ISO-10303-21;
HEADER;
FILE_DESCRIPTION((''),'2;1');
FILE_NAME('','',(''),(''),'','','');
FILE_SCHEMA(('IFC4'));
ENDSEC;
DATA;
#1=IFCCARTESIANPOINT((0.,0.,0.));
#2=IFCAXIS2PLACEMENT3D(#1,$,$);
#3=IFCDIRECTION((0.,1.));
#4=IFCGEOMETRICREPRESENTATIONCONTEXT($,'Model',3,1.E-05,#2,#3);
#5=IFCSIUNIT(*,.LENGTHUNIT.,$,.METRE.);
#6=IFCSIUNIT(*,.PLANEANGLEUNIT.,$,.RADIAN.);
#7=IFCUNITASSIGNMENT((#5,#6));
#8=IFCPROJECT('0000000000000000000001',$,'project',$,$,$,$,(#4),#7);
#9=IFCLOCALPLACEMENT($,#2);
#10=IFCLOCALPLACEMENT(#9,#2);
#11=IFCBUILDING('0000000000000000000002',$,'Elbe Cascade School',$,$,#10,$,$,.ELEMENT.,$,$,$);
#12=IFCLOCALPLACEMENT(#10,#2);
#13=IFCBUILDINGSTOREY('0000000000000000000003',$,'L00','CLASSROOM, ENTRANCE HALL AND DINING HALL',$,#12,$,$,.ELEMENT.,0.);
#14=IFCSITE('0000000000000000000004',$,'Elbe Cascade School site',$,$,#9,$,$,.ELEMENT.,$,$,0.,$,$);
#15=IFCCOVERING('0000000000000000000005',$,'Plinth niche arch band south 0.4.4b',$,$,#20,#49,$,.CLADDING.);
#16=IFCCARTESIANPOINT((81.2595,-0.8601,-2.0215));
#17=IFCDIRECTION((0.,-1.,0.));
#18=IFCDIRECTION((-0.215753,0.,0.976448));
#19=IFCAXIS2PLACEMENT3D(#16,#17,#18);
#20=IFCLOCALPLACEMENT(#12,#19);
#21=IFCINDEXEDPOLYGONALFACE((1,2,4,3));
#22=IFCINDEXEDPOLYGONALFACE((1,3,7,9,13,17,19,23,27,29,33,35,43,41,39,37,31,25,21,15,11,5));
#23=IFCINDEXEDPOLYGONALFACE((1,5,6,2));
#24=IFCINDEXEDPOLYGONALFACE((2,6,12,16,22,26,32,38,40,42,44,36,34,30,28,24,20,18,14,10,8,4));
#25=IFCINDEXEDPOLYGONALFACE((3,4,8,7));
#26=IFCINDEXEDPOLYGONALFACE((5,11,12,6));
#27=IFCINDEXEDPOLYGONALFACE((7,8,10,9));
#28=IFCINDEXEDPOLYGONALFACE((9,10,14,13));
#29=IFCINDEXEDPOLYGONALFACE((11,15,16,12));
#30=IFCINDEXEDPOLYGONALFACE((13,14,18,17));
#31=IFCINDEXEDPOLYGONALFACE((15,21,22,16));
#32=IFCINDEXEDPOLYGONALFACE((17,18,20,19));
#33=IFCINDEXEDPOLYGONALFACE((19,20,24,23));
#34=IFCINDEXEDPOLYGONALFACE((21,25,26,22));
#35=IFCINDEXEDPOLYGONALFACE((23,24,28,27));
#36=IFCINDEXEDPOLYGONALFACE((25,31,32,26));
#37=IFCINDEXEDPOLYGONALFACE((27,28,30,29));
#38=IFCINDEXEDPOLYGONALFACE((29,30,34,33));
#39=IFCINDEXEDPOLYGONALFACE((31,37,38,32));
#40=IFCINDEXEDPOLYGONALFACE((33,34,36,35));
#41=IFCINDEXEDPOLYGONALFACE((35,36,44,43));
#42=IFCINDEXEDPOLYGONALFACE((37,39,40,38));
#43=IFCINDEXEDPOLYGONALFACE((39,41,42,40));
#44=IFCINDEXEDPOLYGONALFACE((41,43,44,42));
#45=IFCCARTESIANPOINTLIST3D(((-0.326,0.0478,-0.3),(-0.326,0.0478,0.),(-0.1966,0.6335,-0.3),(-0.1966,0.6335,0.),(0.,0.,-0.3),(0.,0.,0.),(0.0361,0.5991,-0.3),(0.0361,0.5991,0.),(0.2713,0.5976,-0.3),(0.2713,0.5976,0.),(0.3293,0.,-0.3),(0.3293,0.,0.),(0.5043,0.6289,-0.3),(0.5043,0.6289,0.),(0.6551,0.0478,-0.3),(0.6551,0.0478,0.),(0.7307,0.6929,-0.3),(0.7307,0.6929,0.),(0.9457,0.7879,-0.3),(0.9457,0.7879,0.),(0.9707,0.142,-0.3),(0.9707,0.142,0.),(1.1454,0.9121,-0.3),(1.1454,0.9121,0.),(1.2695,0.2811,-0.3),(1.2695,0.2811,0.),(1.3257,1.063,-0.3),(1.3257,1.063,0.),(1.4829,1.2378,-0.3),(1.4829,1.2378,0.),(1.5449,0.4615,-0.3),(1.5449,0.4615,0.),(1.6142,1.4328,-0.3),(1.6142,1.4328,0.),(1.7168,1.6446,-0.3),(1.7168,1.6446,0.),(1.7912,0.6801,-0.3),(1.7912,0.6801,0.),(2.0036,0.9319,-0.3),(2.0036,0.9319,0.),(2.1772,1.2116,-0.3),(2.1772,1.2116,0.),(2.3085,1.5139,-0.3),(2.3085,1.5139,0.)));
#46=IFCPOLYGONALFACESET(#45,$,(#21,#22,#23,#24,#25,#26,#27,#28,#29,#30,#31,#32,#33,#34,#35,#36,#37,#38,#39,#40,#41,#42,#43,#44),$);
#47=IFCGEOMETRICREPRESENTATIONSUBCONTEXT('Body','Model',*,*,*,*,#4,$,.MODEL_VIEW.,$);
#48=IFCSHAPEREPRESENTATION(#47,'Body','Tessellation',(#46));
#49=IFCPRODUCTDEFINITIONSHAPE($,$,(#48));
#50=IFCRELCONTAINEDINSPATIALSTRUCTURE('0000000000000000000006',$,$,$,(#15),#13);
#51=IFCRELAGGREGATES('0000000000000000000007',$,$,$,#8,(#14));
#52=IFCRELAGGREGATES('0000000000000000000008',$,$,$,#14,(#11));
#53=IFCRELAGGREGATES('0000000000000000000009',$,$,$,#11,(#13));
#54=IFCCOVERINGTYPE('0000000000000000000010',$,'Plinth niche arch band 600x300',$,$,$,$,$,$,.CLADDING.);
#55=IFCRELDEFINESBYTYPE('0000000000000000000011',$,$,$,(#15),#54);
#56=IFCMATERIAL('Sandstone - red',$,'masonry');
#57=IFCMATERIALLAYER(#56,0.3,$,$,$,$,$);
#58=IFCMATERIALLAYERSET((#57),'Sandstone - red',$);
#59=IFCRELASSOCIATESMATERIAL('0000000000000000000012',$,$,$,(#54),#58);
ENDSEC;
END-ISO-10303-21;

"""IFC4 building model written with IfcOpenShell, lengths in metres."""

from ifc_helpers import new_model, si_unit, direction, frame, origin, place, context, subcontext, project, spatial, polyline, outline, extrude, material, layer, layer_set, type_object, element, save


model = new_model("IFC4")

# Units and contexts
model_context = context("Model", 3, precision=1e-05, world=origin(), true_north=direction((0.0, 1.0)))
body_context = subcontext(model_context, "Body", "Model", "MODEL_VIEW")
ifc_project = project(units=[si_unit("LENGTHUNIT", "METRE"), si_unit("PLANEANGLEUNIT", "RADIAN")], contexts=[model_context])

# Site, building, storey
site_placement = place(None, origin())
site = spatial("IfcSite", under=ifc_project, at=site_placement, Name="Elbe Cascade School site", CompositionType="ELEMENT", RefElevation=0.0)
building_placement = place(site_placement, origin())
building = spatial("IfcBuilding", under=site, at=building_placement, Name="Elbe Cascade School", CompositionType="ELEMENT")
storey_placement = place(building_placement, origin())
storey = spatial("IfcBuildingStorey", under=building, at=storey_placement, Name="L00", Description="CLASSROOM, ENTRANCE HALL AND DINING HALL", CompositionType="ELEMENT", Elevation=0.0)

# Covering
ifc_material_1 = material(Name="Sandstone - red", Category="masonry")
ifc_layer_1 = layer(ifc_material_1, 0.3)
ifc_layer_set_1 = layer_set([ifc_layer_1], Name="Sandstone - red")
covering_type_1 = type_object("IfcCoveringType", Name="Plinth niche arch band 600x300", PredefinedType="CLADDING", material=ifc_layer_set_1)
covering_1_placement = place(storey_placement, frame((81.2595, -0.8601, -2.0215), z_axis=(0.0, -1.0, 0.0), x_axis=(-0.215753, 0.0, 0.976448)))
element("IfcCovering", 1, at=covering_1_placement, inside=storey, type_object=covering_type_1, Name="Plinth niche arch band south 0.4.4b", PredefinedType="CLADDING", context=body_context, shape_type="SweptSolid", body=[
    extrude(outline(polyline([(0.0, 0.0), (0.3293, 0.0), (0.6551, 0.0478), (0.9707, 0.142), (1.2695, 0.2811), (1.5449, 0.4615), (1.7912, 0.6801), (2.0036, 0.9319), (2.1772, 1.2116), (2.3085, 1.5139), (1.7168, 1.6446), (1.6142, 1.4328), (1.4829, 1.2378), (1.3257, 1.063), (1.1454, 0.9121), (0.9457, 0.7879), (0.7307, 0.6929), (0.5043, 0.6289), (0.2713, 0.5976), (0.0361, 0.5991), (-0.1966, 0.6335), (-0.326, 0.0478), (0.0, 0.0)])), origin(), (0.0, 0.0, -1.0), 0.3),
])

save(model, "model.ifc")
